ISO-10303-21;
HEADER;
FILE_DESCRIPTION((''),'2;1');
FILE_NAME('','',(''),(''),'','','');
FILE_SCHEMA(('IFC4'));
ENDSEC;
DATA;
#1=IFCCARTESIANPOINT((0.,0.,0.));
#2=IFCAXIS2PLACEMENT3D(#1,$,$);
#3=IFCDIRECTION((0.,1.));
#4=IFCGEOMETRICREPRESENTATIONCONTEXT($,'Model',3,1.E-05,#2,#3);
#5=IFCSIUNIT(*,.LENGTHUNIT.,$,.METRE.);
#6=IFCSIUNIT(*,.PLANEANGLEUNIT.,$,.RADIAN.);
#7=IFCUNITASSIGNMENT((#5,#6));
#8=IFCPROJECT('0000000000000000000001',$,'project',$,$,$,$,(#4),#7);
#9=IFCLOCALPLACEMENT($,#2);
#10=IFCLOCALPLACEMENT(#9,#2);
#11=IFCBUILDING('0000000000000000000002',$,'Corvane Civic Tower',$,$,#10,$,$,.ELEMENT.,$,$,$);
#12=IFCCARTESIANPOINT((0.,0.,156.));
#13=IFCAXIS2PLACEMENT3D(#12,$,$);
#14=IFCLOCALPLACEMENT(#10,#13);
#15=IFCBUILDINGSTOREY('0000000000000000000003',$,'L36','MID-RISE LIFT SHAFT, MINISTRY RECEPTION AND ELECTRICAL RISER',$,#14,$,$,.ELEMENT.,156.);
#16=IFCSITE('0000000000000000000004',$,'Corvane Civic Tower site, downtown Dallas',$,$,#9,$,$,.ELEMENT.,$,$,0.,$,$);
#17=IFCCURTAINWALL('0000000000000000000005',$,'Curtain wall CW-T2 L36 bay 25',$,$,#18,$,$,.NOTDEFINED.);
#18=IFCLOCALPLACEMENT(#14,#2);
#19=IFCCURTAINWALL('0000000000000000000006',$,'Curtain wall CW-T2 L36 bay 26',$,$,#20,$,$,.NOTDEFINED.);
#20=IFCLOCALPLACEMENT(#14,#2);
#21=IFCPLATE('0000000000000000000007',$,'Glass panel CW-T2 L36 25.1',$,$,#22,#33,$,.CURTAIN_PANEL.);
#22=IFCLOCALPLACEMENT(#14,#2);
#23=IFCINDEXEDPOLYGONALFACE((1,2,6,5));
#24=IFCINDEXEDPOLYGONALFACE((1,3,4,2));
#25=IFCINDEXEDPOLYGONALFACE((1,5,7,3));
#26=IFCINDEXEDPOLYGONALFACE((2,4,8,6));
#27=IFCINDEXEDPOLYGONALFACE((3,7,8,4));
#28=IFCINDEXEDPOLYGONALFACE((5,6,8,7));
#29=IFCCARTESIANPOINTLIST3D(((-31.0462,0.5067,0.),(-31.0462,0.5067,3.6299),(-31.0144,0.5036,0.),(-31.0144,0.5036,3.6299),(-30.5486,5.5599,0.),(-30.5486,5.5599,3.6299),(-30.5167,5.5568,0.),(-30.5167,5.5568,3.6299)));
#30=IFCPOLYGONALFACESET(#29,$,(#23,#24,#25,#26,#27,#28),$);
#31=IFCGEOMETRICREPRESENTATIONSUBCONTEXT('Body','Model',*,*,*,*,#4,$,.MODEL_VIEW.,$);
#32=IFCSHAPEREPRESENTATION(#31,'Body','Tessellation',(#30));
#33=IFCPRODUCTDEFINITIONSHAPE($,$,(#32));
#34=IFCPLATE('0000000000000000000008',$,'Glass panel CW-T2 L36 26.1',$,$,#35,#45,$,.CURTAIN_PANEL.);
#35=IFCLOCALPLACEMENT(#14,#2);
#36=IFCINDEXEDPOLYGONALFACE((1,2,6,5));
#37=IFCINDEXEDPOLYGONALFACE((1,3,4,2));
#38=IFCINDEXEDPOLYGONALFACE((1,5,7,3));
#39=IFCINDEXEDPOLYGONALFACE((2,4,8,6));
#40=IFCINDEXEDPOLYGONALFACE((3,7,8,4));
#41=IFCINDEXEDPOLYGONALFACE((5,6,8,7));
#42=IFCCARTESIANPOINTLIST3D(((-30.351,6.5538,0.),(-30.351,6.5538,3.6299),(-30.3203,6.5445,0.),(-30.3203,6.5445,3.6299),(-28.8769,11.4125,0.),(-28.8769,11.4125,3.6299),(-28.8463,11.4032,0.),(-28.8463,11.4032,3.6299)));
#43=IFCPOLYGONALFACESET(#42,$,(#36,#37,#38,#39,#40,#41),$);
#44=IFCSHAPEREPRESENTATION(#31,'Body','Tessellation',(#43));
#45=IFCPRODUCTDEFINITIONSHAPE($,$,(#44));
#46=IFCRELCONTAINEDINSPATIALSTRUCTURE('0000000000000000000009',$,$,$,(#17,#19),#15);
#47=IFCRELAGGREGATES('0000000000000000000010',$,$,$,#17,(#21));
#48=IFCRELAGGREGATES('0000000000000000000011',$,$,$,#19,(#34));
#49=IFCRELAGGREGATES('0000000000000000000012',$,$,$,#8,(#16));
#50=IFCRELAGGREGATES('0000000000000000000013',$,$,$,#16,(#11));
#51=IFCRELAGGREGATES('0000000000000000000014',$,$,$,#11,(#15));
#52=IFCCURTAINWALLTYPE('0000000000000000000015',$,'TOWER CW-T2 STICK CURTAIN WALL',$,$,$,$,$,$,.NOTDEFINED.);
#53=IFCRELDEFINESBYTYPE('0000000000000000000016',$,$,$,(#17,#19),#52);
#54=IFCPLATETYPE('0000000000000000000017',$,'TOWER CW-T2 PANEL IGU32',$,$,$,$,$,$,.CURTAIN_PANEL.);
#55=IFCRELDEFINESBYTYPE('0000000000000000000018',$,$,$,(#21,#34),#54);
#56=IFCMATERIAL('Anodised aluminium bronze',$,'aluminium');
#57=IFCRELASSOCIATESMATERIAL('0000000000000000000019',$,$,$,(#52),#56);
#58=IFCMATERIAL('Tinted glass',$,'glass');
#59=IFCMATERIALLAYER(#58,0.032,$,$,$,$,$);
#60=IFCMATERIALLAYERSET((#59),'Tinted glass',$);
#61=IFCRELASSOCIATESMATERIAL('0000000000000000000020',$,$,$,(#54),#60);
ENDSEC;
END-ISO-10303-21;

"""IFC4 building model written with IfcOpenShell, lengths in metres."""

from ifc_helpers import new_model, si_unit, direction, frame, origin, origin_2d, place, context, subcontext, project, spatial, rectangle, extrude, material, layer, layer_set, type_object, element, aggregate, save


model = new_model("IFC4")

# Units and contexts
model_context = context("Model", 3, precision=1e-05, world=origin(), true_north=direction((0.0, 1.0)))
body_context = subcontext(model_context, "Body", "Model", "MODEL_VIEW")
ifc_project = project(units=[si_unit("LENGTHUNIT", "METRE"), si_unit("PLANEANGLEUNIT", "RADIAN")], contexts=[model_context])

# Site, building, storey
site_placement = place(None, origin())
site = spatial("IfcSite", under=ifc_project, at=site_placement, Name="Corvane Civic Tower site, downtown Dallas", CompositionType="ELEMENT", RefElevation=0.0)
building_placement = place(site_placement, origin())
building = spatial("IfcBuilding", under=site, at=building_placement, Name="Corvane Civic Tower", CompositionType="ELEMENT")
storey_placement = place(building_placement, frame((0.0, 0.0, 156.0)))
storey = spatial("IfcBuildingStorey", under=building, at=storey_placement, Name="L36", Description="MID-RISE LIFT SHAFT, MINISTRY RECEPTION AND ELECTRICAL RISER", CompositionType="ELEMENT", Elevation=156.0)

# Curtain walls
ifc_material_1 = material(Name="Anodised aluminium bronze", Category="aluminium")
curtain_wall_type = type_object("IfcCurtainWallType", Name="TOWER CW-T2 STICK CURTAIN WALL", PredefinedType="NOTDEFINED", material=ifc_material_1)
curtain_wall_1_placement = place(storey_placement, origin())
curtain_wall_1 = element("IfcCurtainWall", 1, at=curtain_wall_1_placement, inside=storey, type_object=curtain_wall_type, Name="Curtain wall CW-T2 L36 bay 25", PredefinedType="NOTDEFINED")
curtain_wall_2_placement = place(storey_placement, origin())
curtain_wall_2 = element("IfcCurtainWall", 2, at=curtain_wall_2_placement, inside=storey, type_object=curtain_wall_type, Name="Curtain wall CW-T2 L36 bay 26", PredefinedType="NOTDEFINED")

# Plates
ifc_material_2 = material(Name="Tinted glass", Category="glass")
ifc_layer_1 = layer(ifc_material_2, 0.032)
ifc_layer_set_1 = layer_set([ifc_layer_1], Name="Tinted glass")
plate_type = type_object("IfcPlateType", Name="TOWER CW-T2 PANEL IGU32", PredefinedType="CURTAIN_PANEL", material=ifc_layer_set_1)
plate_1_placement = place(storey_placement, frame((-30.7815, 3.0317, 0.0), z_axis=(0.0, 0.0, 1.0), x_axis=(0.098012, 0.995185, 0.0)))
plate_1 = element("IfcPlate", 3, at=plate_1_placement, type_object=plate_type, Name="Glass panel CW-T2 L36 25.1", PredefinedType="CURTAIN_PANEL", context=body_context, shape_type="SweptSolid", body=[
    extrude(rectangle(XDim=5.0776, YDim=0.032, at=origin_2d()), origin(), (0.0, 0.0, 1.0), 3.6299),
])
aggregate(curtain_wall_1, [plate_1])
plate_2_placement = place(storey_placement, frame((-29.5986, 8.9785, 0.0), z_axis=(0.0, 0.0, 1.0), x_axis=(0.290313, 0.956932, 0.0)))
plate_2 = element("IfcPlate", 4, at=plate_2_placement, type_object=plate_type, Name="Glass panel CW-T2 L36 26.1", PredefinedType="CURTAIN_PANEL", context=body_context, shape_type="SweptSolid", body=[
    extrude(rectangle(XDim=5.0774, YDim=0.032, at=origin_2d()), origin(), (0.0, 0.0, 1.0), 3.6299),
])
aggregate(curtain_wall_2, [plate_2])

save(model, "model.ifc")
